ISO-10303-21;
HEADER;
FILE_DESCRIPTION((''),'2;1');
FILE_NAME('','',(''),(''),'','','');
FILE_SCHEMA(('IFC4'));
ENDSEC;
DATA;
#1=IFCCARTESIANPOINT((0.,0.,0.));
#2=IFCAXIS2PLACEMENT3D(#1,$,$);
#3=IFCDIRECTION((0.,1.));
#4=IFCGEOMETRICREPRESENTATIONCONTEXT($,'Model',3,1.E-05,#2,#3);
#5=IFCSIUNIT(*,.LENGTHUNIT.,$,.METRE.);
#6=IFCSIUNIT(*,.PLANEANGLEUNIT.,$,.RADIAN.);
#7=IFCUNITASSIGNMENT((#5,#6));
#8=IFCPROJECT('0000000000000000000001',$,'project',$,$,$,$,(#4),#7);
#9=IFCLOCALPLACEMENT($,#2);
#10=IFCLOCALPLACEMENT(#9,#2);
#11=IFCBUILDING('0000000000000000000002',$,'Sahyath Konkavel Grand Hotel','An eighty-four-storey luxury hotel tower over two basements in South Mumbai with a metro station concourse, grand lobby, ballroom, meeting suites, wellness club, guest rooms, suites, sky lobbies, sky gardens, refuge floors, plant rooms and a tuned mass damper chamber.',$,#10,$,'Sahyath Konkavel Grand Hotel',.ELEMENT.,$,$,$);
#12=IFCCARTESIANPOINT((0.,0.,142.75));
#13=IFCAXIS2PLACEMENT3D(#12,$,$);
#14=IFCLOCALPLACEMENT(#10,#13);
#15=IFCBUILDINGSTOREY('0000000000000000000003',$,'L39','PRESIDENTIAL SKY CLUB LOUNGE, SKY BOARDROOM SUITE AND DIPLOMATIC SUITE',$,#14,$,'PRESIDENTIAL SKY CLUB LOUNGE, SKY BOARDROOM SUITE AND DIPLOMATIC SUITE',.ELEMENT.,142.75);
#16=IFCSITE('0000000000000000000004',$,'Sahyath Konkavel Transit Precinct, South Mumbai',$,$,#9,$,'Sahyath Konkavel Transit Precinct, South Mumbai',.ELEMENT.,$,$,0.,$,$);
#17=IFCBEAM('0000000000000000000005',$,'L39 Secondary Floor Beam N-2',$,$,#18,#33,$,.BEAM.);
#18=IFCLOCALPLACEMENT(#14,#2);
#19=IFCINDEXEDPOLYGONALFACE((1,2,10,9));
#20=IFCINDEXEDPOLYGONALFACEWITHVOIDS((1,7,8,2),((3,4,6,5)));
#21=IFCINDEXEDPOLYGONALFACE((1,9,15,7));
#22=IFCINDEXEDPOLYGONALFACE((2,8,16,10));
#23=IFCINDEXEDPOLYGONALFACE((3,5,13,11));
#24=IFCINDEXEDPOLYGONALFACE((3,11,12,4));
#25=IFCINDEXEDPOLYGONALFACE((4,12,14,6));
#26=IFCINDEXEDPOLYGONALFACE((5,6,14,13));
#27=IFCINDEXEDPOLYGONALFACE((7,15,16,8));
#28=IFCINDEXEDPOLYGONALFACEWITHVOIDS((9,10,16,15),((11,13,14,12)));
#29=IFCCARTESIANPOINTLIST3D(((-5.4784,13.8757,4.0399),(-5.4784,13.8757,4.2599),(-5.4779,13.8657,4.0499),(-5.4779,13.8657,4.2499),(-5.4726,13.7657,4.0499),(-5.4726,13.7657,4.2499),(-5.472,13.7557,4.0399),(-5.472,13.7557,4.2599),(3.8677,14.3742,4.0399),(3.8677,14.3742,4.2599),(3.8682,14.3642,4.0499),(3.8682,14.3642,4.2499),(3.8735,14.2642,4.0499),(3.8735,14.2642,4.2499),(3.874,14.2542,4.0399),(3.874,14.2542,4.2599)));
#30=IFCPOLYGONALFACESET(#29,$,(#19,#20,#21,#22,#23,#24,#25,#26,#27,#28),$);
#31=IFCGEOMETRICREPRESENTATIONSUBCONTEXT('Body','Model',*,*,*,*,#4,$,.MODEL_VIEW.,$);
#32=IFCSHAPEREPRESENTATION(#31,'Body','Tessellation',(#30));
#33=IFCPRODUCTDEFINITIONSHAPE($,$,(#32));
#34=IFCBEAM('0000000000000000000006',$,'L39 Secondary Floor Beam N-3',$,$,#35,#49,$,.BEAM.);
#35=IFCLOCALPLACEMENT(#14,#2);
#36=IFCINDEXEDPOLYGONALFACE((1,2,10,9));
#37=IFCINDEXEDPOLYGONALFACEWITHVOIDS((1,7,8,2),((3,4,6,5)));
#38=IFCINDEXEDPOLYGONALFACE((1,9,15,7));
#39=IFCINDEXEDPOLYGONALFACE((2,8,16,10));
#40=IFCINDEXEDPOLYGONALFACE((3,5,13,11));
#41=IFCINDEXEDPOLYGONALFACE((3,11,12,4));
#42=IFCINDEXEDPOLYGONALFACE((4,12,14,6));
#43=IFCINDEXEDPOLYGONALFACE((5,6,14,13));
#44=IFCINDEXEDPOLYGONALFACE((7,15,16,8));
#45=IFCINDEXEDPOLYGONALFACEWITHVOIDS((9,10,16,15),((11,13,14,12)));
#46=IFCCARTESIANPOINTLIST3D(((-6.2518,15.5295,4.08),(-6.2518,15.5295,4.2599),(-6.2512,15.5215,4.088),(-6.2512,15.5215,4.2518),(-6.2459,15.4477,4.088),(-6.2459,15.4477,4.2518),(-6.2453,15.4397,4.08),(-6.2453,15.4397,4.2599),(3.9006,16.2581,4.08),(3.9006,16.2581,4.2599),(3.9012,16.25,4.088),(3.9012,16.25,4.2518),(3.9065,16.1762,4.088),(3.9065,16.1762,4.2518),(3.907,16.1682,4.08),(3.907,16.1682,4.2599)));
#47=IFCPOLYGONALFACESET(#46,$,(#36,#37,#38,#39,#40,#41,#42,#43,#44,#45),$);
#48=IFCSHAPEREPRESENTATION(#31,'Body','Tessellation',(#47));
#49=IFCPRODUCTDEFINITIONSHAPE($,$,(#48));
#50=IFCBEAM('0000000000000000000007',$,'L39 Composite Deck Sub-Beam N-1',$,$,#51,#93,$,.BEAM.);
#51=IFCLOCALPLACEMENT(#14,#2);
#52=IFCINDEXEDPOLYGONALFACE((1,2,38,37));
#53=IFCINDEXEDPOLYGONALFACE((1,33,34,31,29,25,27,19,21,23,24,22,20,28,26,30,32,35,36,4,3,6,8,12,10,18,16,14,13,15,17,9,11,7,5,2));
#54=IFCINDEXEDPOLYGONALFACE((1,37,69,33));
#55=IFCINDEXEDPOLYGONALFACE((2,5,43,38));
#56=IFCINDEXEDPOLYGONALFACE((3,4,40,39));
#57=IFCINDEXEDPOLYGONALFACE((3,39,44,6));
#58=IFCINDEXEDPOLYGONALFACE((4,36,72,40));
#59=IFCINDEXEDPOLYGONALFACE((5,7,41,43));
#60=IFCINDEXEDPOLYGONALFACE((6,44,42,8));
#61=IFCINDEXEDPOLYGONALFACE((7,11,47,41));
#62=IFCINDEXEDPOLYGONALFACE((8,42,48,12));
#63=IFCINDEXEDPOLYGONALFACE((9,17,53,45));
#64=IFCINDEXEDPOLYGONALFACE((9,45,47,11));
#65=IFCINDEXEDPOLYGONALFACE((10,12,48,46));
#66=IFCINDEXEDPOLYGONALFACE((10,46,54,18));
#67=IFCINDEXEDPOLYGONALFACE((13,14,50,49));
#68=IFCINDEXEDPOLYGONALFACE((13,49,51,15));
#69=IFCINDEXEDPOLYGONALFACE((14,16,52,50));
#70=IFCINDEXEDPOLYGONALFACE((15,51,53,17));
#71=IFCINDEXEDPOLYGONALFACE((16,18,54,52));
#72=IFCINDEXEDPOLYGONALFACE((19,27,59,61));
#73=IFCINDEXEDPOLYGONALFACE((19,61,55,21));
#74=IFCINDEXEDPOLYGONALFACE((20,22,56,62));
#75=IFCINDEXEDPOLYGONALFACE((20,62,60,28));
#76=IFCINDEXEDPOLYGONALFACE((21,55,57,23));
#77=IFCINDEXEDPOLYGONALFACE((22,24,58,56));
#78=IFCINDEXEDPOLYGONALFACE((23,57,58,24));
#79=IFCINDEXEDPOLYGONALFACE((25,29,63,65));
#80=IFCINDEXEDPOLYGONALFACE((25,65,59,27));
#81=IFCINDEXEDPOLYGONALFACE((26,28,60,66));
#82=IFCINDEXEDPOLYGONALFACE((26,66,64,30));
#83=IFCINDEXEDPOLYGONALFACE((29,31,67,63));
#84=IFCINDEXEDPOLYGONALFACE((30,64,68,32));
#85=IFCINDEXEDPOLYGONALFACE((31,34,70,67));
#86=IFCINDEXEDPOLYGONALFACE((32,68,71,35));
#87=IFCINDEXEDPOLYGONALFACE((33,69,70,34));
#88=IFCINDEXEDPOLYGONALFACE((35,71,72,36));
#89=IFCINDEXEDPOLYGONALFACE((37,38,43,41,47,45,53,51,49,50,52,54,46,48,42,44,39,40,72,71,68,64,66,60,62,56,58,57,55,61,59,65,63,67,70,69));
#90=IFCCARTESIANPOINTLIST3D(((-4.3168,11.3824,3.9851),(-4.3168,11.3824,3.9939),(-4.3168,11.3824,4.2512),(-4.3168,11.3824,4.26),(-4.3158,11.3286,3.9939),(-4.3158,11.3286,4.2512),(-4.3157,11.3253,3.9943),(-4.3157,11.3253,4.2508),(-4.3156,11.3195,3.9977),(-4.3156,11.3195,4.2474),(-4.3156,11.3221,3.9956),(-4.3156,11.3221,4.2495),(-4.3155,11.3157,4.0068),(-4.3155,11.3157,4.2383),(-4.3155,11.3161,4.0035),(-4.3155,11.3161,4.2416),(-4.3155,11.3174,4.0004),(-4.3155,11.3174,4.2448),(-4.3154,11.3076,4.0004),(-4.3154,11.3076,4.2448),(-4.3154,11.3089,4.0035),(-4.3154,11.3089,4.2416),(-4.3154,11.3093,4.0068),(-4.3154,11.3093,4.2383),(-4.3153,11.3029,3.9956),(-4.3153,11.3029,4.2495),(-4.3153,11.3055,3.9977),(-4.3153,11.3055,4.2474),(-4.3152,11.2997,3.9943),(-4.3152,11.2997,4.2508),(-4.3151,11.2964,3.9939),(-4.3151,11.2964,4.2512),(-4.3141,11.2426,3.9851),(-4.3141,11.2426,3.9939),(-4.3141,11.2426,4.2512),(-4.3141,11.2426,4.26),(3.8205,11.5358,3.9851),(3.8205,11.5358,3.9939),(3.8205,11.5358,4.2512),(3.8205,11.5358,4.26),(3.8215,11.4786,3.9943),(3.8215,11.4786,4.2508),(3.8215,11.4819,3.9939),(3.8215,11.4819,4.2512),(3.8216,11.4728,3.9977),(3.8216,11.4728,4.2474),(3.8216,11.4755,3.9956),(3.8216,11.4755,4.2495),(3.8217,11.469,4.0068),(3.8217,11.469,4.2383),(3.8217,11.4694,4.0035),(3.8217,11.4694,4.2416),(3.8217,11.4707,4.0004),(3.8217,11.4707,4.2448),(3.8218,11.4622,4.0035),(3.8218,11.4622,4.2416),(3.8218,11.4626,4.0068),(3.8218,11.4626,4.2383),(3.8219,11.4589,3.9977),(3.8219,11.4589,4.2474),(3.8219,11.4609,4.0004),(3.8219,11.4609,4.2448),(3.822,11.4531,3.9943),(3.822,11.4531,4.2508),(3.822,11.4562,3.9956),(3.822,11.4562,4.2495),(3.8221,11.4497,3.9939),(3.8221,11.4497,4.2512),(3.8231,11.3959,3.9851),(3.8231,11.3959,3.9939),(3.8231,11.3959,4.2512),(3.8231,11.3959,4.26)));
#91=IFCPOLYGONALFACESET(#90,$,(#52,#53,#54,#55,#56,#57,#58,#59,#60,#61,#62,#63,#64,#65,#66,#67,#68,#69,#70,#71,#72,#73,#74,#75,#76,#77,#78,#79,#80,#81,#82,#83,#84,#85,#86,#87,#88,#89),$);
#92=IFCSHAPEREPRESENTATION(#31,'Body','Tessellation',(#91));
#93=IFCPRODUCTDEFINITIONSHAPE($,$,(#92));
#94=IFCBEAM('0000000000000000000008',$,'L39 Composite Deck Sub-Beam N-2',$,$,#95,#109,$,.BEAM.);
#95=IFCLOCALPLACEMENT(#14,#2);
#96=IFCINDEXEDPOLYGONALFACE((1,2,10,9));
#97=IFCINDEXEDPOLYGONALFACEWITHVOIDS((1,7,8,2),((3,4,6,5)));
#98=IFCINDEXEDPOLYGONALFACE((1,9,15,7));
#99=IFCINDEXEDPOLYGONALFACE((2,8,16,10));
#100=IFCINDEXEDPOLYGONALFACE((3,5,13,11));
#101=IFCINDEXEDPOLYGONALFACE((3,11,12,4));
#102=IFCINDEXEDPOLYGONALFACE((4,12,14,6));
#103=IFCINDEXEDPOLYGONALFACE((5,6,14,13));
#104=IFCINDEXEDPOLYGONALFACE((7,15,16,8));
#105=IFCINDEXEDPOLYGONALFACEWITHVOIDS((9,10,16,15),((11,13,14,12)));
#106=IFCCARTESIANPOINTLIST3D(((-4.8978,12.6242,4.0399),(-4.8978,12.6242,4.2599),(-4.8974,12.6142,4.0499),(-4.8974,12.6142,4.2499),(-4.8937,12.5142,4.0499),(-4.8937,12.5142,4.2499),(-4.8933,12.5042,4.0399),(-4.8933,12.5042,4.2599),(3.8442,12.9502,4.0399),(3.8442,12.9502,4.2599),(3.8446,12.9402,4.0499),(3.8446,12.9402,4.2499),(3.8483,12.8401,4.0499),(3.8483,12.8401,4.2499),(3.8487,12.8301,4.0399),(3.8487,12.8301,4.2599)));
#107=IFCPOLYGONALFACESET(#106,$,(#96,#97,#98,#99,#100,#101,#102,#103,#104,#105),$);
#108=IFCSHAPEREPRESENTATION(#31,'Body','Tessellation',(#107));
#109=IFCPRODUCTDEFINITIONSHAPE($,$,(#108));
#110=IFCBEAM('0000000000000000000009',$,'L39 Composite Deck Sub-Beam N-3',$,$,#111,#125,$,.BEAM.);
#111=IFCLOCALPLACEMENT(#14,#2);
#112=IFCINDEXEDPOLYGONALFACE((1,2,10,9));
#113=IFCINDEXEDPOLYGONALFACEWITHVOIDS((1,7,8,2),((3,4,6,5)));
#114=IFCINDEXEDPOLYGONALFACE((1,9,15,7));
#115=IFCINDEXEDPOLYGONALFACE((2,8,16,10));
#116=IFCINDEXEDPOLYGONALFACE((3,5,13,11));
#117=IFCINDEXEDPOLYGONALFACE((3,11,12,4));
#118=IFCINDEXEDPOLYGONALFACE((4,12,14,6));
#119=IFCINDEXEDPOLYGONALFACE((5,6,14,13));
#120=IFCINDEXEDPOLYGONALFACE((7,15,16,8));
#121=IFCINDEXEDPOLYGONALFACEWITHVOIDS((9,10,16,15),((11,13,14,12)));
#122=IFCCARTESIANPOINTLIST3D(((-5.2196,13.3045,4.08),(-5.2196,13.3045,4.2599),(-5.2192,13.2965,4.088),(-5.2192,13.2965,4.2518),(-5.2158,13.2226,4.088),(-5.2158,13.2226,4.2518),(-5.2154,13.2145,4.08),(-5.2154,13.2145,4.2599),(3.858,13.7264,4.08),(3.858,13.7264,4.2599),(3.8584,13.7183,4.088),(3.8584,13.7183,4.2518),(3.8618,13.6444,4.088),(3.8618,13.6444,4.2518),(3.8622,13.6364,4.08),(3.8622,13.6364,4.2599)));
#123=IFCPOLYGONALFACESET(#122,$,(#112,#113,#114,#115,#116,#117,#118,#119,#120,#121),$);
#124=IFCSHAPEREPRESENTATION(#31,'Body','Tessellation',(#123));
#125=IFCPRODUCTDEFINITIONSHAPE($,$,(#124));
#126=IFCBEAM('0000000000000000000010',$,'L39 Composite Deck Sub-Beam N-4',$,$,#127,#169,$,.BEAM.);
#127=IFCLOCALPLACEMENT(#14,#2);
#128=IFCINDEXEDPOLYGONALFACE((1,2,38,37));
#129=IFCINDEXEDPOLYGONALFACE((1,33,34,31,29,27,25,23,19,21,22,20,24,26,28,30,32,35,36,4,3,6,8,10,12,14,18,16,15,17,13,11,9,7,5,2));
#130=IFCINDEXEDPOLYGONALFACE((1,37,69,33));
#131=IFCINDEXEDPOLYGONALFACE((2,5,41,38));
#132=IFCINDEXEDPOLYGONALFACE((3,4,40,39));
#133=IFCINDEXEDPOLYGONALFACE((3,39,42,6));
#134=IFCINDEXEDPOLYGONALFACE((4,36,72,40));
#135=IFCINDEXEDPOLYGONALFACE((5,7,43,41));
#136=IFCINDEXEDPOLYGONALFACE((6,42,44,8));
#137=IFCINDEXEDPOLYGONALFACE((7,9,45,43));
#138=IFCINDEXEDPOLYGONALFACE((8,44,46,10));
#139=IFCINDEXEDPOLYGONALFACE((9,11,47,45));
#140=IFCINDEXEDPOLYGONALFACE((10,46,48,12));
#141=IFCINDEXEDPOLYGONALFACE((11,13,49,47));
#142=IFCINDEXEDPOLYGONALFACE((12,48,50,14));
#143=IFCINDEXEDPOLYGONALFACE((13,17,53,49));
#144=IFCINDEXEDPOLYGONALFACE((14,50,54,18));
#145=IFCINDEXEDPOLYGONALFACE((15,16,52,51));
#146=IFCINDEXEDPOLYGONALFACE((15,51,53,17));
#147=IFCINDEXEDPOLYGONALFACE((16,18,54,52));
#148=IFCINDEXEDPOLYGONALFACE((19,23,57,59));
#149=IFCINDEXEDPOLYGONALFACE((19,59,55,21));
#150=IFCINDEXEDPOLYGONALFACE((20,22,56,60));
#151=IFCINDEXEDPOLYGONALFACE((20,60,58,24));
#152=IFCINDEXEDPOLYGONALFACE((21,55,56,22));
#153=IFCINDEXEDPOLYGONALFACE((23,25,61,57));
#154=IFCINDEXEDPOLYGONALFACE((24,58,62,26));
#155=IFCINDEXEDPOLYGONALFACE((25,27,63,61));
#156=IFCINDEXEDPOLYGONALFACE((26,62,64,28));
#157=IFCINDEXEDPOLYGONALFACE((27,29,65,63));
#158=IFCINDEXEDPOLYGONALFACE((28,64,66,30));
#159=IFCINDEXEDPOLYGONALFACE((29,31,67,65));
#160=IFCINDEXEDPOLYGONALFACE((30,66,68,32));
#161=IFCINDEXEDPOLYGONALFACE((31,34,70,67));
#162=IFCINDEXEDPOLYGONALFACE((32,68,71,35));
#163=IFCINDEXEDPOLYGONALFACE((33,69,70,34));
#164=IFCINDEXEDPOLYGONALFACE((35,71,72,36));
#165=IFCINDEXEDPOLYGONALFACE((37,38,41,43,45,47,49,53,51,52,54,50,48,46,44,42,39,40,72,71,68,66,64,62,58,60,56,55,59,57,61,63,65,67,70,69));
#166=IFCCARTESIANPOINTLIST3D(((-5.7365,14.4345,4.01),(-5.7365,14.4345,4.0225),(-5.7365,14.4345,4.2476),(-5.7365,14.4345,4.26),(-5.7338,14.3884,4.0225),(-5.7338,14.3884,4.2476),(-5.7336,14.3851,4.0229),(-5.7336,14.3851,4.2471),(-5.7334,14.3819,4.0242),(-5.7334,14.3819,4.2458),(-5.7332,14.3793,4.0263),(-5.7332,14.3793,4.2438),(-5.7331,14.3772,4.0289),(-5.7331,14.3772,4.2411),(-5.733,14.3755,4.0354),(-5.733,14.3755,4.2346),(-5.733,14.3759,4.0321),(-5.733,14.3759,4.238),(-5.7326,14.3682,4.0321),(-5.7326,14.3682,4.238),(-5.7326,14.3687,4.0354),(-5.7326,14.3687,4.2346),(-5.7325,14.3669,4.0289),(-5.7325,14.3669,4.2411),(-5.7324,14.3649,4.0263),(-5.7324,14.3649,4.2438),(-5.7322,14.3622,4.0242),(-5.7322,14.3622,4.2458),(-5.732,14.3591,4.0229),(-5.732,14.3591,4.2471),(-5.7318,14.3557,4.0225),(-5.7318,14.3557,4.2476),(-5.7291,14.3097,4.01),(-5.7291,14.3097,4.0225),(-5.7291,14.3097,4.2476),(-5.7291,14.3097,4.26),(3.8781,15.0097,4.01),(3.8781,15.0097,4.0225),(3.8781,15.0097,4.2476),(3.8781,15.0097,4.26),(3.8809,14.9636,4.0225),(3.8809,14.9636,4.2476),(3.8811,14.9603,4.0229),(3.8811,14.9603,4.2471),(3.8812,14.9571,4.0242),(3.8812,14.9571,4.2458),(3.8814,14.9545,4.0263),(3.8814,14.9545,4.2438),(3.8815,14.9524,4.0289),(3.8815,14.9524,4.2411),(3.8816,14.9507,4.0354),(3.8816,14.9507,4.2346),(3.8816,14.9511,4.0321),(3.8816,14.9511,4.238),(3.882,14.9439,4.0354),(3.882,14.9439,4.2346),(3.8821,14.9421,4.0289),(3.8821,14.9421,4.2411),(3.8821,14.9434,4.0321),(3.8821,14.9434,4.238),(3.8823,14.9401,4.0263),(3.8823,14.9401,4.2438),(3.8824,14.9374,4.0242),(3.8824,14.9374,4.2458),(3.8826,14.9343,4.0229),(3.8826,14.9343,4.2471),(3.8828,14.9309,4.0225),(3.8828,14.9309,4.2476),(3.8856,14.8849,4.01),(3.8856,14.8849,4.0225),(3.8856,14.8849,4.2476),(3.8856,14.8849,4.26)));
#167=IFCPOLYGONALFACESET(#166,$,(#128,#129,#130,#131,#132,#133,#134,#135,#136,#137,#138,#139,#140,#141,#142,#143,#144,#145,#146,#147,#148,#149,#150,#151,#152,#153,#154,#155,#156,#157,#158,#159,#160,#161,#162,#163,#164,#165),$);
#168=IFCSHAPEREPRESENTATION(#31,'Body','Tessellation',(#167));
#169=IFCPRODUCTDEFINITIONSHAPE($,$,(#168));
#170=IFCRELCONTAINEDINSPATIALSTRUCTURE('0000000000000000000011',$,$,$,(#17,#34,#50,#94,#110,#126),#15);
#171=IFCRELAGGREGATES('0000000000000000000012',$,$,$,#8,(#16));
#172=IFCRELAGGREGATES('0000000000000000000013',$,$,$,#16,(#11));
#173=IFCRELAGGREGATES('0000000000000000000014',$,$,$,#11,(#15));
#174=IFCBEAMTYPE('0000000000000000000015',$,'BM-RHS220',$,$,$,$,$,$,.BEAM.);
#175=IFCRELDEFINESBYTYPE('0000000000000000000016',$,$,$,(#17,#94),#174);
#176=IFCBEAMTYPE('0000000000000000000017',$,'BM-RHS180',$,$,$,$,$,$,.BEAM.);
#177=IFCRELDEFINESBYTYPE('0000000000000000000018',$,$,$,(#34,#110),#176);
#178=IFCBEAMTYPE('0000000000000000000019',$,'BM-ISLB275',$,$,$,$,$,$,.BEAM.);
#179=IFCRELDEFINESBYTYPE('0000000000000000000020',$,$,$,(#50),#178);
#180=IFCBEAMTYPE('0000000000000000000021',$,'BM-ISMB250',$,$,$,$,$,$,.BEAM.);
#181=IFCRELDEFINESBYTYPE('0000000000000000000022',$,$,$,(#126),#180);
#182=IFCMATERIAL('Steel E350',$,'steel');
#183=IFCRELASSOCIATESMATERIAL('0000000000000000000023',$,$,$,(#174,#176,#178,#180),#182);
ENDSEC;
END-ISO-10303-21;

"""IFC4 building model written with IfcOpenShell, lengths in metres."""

from ifc_helpers import new_model, si_unit, direction, frame, origin, origin_2d, place, context, subcontext, project, spatial, hollow_rectangle, i_section, extrude, source, transform, mapped, material, material_profile, profile_set, type_object, element, save


model = new_model("IFC4")

# Units and contexts
model_context = context("Model", 3, precision=1e-05, world=origin(), true_north=direction((0.0, 1.0)))
body_context = subcontext(model_context, "Body", "Model", "MODEL_VIEW")
ifc_project = project(units=[si_unit("LENGTHUNIT", "METRE"), si_unit("PLANEANGLEUNIT", "RADIAN")], contexts=[model_context])

# Site, building, storey
site_placement = place(None, origin())
site = spatial("IfcSite", under=ifc_project, at=site_placement, Name="Sahyath Konkavel Transit Precinct, South Mumbai", LongName="Sahyath Konkavel Transit Precinct, South Mumbai", CompositionType="ELEMENT", RefElevation=0.0)
building_placement = place(site_placement, origin())
building = spatial("IfcBuilding", under=site, at=building_placement, Name="Sahyath Konkavel Grand Hotel", Description="An eighty-four-storey luxury hotel tower over two basements in South Mumbai with a metro station concourse, grand lobby, ballroom, meeting suites, wellness club, guest rooms, suites, sky lobbies, sky gardens, refuge floors, plant rooms and a tuned mass damper chamber.", LongName="Sahyath Konkavel Grand Hotel", CompositionType="ELEMENT")
storey_placement = place(building_placement, frame((0.0, 0.0, 142.75)))
storey = spatial("IfcBuildingStorey", under=building, at=storey_placement, Name="L39", Description="PRESIDENTIAL SKY CLUB LOUNGE, SKY BOARDROOM SUITE AND DIPLOMATIC SUITE", LongName="PRESIDENTIAL SKY CLUB LOUNGE, SKY BOARDROOM SUITE AND DIPLOMATIC SUITE", CompositionType="ELEMENT", Elevation=142.75)

# Beams
ifc_material_1 = material(Name="Steel E350", Category="steel")
ifc_material_profile_1 = material_profile(ifc_material_1, hollow_rectangle(XDim=0.1201, YDim=0.22, WallThickness=0.01, at=origin_2d()), Name="RHS 220x120x10")
ifc_profile_set_1 = profile_set([ifc_material_profile_1], Name="Steel E350")
beam_type_1 = type_object("IfcBeamType", Name="BM-RHS220", PredefinedType="BEAM", material=ifc_profile_set_1)
shared_shape_1 = source(origin(), body_context, "Body", "SweptSolid", [
    extrude(hollow_rectangle(XDim=0.1201, YDim=0.22, WallThickness=0.01, at=origin_2d()), origin(), (0.0, 0.0, 1.0), 9.3594),
])
beam_1_placement = place(storey_placement, frame((3.8708, 14.3142, 4.1499), z_axis=(-0.99858, -0.053265, 0.0), x_axis=(0.053265, -0.99858, 0.0)))
element("IfcBeam", 1, at=beam_1_placement, inside=storey, type_object=beam_type_1, Name="L39 Secondary Floor Beam N-2", PredefinedType="BEAM", context=body_context, shape_type="MappedRepresentation", body=[
    mapped(shared_shape_1, transform((0.0, 0.0, 0.0), scale=1.0)),
])
ifc_material_profile_2 = material_profile(ifc_material_1, hollow_rectangle(XDim=0.0901, YDim=0.1799, WallThickness=0.0081, at=origin_2d()), Name="RHS 180x90x8")
ifc_profile_set_2 = profile_set([ifc_material_profile_2], Name="Steel E350")
beam_type_2 = type_object("IfcBeamType", Name="BM-RHS180", PredefinedType="BEAM", material=ifc_profile_set_2)
shared_shape_2 = source(origin(), body_context, "Body", "SweptSolid", [
    extrude(hollow_rectangle(XDim=0.0901, YDim=0.1799, WallThickness=0.0081, at=origin_2d()), origin(), (0.0, 0.0, 1.0), 10.1785),
])
beam_2_placement = place(storey_placement, frame((3.9038, 16.2131, 4.1699), z_axis=(-0.997435, -0.071574, 0.0), x_axis=(0.071574, -0.997435, 0.0)))
element("IfcBeam", 2, at=beam_2_placement, inside=storey, type_object=beam_type_2, Name="L39 Secondary Floor Beam N-3", PredefinedType="BEAM", context=body_context, shape_type="MappedRepresentation", body=[
    mapped(shared_shape_2, transform((0.0, 0.0, 0.0), scale=1.0)),
])
ifc_material_profile_3 = material_profile(ifc_material_1, i_section(OverallWidth=0.1399, OverallDepth=0.2749, WebThickness=0.0063, FlangeThickness=0.0088, FilletRadius=0.0129, at=origin_2d()), Name="ISLB 275")
ifc_profile_set_3 = profile_set([ifc_material_profile_3], Name="Steel E350")
beam_type_3 = type_object("IfcBeamType", Name="BM-ISLB275", PredefinedType="BEAM", material=ifc_profile_set_3)
shared_shape_3 = source(origin(), body_context, "Body", "SweptSolid", [
    extrude(i_section(OverallWidth=0.1399, OverallDepth=0.2749, WebThickness=0.0063, FlangeThickness=0.0088, FilletRadius=0.0129, at=origin_2d()), origin(), (0.0, 0.0, 1.0), 8.1387),
])
beam_3_placement = place(storey_placement, frame((3.8218, 11.4658, 4.1226), z_axis=(-0.999823, -0.018839, 0.0), x_axis=(0.018839, -0.999823, 0.0)))
element("IfcBeam", 3, at=beam_3_placement, inside=storey, type_object=beam_type_3, Name="L39 Composite Deck Sub-Beam N-1", PredefinedType="BEAM", context=body_context, shape_type="MappedRepresentation", body=[
    mapped(shared_shape_3, transform((0.0, 0.0, 0.0), scale=1.0)),
])
shared_shape_4 = source(origin(), body_context, "Body", "SweptSolid", [
    extrude(hollow_rectangle(XDim=0.1201, YDim=0.22, WallThickness=0.01, at=origin_2d()), origin(), (0.0, 0.0, 1.0), 8.748),
])
beam_4_placement = place(storey_placement, frame((3.8464, 12.8901, 4.1499), z_axis=(-0.999306, -0.037257, 0.0), x_axis=(0.037257, -0.999306, 0.0)))
element("IfcBeam", 4, at=beam_4_placement, inside=storey, type_object=beam_type_1, Name="L39 Composite Deck Sub-Beam N-2", PredefinedType="BEAM", context=body_context, shape_type="MappedRepresentation", body=[
    mapped(shared_shape_4, transform((0.0, 0.0, 0.0), scale=1.0)),
])
shared_shape_5 = source(origin(), body_context, "Body", "SweptSolid", [
    extrude(hollow_rectangle(XDim=0.0901, YDim=0.1799, WallThickness=0.0081, at=origin_2d()), origin(), (0.0, 0.0, 1.0), 9.0874),
])
beam_5_placement = place(storey_placement, frame((3.8601, 13.6814, 4.1699), z_axis=(-0.998922, -0.046424, 0.0), x_axis=(0.046424, -0.998922, 0.0)))
element("IfcBeam", 5, at=beam_5_placement, inside=storey, type_object=beam_type_2, Name="L39 Composite Deck Sub-Beam N-3", PredefinedType="BEAM", context=body_context, shape_type="MappedRepresentation", body=[
    mapped(shared_shape_5, transform((0.0, 0.0, 0.0), scale=1.0)),
])
ifc_material_profile_4 = material_profile(ifc_material_1, i_section(OverallWidth=0.125, OverallDepth=0.25, WebThickness=0.0068, FlangeThickness=0.0125, FilletRadius=0.0129, at=origin_2d()), Name="ISMB 250")
ifc_profile_set_4 = profile_set([ifc_material_profile_4], Name="Steel E350")
beam_type_4 = type_object("IfcBeamType", Name="BM-ISMB250", PredefinedType="BEAM", material=ifc_profile_set_4)
shared_shape_6 = source(origin(), body_context, "Body", "SweptSolid", [
    extrude(i_section(OverallWidth=0.125, OverallDepth=0.25, WebThickness=0.0068, FlangeThickness=0.0125, FilletRadius=0.0129, at=origin_2d()), origin(), (0.0, 0.0, 1.0), 9.6318),
])
beam_6_placement = place(storey_placement, frame((3.8818, 14.9473, 4.135), z_axis=(-0.998215, -0.059718, 0.0), x_axis=(0.059718, -0.998215, 0.0)))
element("IfcBeam", 6, at=beam_6_placement, inside=storey, type_object=beam_type_4, Name="L39 Composite Deck Sub-Beam N-4", PredefinedType="BEAM", context=body_context, shape_type="MappedRepresentation", body=[
    mapped(shared_shape_6, transform((0.0, 0.0, 0.0), scale=1.0)),
])

save(model, "model.ifc")
